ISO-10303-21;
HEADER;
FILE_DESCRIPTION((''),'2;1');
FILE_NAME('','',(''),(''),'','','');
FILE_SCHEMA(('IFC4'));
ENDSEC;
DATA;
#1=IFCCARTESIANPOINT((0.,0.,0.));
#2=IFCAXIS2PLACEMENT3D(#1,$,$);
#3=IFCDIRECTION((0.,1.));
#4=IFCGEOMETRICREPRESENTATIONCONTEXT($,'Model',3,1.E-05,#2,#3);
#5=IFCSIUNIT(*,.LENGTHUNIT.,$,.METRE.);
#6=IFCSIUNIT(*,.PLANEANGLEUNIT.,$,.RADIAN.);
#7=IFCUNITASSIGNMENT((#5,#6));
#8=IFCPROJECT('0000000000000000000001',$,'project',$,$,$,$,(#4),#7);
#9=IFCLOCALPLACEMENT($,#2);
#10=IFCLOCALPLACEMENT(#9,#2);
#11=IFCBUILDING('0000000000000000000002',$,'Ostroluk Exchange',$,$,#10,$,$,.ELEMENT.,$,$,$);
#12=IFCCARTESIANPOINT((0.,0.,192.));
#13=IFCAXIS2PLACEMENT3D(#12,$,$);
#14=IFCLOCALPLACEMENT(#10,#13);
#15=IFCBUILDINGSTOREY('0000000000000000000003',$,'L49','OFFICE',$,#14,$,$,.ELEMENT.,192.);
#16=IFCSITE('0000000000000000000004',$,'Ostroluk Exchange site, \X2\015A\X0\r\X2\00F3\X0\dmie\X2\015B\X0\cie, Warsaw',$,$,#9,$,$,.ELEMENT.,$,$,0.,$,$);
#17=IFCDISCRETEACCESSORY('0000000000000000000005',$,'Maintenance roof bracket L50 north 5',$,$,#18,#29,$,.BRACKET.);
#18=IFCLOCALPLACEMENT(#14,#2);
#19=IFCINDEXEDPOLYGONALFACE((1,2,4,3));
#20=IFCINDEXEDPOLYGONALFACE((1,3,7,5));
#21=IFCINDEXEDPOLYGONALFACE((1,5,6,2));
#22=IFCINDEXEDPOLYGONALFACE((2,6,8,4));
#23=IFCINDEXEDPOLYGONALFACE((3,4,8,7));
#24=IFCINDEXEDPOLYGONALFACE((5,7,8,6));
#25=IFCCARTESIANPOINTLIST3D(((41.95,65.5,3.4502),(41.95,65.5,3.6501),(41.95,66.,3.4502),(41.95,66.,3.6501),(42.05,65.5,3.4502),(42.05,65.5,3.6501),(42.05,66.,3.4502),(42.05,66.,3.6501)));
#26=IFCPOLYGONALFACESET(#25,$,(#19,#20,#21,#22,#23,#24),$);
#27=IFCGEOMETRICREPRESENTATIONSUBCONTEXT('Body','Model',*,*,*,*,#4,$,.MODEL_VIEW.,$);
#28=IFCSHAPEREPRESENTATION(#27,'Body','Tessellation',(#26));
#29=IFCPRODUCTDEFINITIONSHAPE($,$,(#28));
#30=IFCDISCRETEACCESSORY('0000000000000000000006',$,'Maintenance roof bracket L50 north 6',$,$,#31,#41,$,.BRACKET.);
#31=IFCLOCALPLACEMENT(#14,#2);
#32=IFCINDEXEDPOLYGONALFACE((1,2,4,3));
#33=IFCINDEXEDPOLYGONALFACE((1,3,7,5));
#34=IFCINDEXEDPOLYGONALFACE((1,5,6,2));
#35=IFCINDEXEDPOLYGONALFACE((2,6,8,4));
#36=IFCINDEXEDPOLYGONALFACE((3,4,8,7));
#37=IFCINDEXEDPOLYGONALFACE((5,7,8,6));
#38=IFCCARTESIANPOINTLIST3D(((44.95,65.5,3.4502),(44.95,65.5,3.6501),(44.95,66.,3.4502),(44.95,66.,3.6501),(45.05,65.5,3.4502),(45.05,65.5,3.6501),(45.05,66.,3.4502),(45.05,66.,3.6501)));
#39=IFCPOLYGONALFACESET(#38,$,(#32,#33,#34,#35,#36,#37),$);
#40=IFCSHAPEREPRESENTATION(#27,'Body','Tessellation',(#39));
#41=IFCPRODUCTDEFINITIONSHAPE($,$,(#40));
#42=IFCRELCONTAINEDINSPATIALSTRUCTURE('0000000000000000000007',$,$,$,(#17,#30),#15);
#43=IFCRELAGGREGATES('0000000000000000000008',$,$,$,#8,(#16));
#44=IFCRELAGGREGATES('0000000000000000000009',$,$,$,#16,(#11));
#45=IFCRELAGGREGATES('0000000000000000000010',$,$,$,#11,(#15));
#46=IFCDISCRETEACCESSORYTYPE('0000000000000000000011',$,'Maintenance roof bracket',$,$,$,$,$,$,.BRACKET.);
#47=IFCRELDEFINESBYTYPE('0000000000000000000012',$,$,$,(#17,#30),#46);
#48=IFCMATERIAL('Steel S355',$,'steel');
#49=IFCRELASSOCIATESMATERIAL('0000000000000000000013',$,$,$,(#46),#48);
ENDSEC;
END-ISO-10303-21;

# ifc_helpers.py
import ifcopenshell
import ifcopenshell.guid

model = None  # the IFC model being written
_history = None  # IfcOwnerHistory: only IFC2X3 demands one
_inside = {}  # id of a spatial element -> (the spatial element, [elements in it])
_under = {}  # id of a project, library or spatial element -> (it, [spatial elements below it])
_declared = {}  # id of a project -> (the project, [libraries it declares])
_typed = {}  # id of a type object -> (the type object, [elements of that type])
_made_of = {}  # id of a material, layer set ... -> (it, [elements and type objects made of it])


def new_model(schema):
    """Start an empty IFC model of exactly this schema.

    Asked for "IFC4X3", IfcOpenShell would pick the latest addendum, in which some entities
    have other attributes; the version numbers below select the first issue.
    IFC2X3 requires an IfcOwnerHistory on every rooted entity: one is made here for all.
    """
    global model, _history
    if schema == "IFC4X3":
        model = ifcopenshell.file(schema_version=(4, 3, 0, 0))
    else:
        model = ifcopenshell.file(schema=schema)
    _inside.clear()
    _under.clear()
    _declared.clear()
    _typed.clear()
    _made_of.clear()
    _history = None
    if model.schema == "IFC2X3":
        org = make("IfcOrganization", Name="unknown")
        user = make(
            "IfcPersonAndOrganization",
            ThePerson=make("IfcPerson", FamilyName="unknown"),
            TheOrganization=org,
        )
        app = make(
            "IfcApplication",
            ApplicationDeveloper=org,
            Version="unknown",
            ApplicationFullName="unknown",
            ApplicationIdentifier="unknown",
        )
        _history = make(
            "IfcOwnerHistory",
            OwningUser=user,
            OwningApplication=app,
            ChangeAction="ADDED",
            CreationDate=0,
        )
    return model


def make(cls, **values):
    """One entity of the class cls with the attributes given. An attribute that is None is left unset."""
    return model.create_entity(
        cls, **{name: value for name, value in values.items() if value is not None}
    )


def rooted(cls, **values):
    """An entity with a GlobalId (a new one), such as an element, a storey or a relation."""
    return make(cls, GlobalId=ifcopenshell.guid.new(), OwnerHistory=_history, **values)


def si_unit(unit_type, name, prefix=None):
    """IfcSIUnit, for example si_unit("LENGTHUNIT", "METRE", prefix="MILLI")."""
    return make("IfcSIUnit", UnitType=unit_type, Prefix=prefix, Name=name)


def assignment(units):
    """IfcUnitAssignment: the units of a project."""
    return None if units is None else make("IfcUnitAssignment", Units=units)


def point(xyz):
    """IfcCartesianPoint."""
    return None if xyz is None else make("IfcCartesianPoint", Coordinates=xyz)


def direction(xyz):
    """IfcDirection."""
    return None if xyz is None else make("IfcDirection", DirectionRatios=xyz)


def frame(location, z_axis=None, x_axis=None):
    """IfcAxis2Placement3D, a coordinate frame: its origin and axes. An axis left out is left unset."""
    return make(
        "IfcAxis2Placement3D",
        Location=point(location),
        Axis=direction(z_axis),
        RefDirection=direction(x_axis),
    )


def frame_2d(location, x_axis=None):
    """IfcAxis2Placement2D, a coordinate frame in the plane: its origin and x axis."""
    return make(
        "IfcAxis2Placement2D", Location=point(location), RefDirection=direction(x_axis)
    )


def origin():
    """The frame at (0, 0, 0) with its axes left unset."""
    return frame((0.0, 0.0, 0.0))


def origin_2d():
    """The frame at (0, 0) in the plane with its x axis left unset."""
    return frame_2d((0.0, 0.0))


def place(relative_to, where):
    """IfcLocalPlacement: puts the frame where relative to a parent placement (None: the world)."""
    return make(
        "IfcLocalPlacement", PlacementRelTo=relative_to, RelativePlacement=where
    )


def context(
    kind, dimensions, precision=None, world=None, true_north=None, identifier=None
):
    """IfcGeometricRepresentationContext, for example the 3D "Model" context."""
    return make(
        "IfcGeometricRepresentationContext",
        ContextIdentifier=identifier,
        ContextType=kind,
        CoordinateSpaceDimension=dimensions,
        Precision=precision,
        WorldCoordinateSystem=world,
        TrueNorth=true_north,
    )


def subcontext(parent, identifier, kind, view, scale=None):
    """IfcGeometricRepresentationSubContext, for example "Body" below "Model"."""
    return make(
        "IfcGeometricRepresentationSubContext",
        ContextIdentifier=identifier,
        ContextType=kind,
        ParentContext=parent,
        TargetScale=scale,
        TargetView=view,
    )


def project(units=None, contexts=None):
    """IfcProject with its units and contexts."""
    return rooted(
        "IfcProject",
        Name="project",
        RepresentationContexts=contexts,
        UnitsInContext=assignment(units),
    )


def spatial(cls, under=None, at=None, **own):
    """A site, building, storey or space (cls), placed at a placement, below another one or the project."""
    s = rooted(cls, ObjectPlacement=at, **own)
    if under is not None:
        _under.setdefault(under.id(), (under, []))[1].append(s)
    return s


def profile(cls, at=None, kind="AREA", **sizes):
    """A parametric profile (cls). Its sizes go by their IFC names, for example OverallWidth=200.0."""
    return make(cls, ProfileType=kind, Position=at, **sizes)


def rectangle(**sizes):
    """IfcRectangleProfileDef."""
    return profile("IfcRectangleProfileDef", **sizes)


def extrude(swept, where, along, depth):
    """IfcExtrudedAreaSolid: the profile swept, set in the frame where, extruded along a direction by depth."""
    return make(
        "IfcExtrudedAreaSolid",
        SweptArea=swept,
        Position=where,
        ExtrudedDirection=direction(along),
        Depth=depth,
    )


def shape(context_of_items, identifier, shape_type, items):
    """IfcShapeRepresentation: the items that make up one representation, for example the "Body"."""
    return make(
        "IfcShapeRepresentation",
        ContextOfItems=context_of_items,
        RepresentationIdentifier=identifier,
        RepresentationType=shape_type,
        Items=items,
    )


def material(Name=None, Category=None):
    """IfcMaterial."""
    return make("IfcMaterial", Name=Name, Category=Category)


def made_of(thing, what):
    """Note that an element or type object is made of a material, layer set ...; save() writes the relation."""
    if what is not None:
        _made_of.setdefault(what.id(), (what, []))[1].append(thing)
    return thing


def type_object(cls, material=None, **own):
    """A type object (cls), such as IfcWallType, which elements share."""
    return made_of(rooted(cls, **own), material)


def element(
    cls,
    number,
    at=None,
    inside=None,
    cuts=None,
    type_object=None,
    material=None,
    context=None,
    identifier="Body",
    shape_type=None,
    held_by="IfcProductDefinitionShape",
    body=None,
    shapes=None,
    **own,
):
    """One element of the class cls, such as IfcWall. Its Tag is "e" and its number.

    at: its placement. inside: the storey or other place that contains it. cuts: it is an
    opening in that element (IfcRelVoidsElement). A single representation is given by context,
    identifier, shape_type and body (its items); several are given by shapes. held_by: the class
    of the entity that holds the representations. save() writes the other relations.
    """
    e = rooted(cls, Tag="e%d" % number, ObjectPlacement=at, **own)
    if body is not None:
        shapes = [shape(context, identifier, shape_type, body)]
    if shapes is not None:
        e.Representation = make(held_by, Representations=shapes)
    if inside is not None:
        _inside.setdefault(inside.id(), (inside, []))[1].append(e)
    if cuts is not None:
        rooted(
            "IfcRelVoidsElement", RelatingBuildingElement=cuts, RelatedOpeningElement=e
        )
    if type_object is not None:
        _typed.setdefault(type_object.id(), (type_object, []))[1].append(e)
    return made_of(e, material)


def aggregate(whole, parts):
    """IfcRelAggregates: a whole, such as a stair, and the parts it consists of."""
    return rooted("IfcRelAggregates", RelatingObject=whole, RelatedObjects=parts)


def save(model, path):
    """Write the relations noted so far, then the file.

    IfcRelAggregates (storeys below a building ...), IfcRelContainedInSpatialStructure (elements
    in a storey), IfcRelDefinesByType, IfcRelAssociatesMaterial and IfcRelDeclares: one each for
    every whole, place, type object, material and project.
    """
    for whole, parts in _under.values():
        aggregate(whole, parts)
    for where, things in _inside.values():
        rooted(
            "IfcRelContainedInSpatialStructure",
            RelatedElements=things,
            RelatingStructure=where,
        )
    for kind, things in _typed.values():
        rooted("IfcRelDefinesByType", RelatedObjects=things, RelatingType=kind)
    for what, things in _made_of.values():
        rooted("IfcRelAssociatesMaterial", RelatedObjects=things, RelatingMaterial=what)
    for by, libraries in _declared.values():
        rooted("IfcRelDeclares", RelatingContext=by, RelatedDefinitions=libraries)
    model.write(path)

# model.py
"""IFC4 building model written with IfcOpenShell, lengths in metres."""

from ifc_helpers import new_model, si_unit, direction, frame, origin, origin_2d, place, context, subcontext, project, spatial, rectangle, extrude, material, type_object, element, save


model = new_model("IFC4")

# Units and contexts
model_context = context("Model", 3, precision=1e-05, world=origin(), true_north=direction((0.0, 1.0)))
body_context = subcontext(model_context, "Body", "Model", "MODEL_VIEW")
ifc_project = project(units=[si_unit("LENGTHUNIT", "METRE"), si_unit("PLANEANGLEUNIT", "RADIAN")], contexts=[model_context])

# Site, building, storey
site_placement = place(None, origin())
site = spatial("IfcSite", under=ifc_project, at=site_placement, Name="Ostroluk Exchange site, Śródmieście, Warsaw", CompositionType="ELEMENT", RefElevation=0.0)
building_placement = place(site_placement, origin())
building = spatial("IfcBuilding", under=site, at=building_placement, Name="Ostroluk Exchange", CompositionType="ELEMENT")
storey_placement = place(building_placement, frame((0.0, 0.0, 192.0)))
storey = spatial("IfcBuildingStorey", under=building, at=storey_placement, Name="L49", Description="OFFICE", CompositionType="ELEMENT", Elevation=192.0)

# Discrete accessories
ifc_material_1 = material(Name="Steel S355", Category="steel")
discrete_accessory_type = type_object("IfcDiscreteAccessoryType", Name="Maintenance roof bracket", PredefinedType="BRACKET", material=ifc_material_1)
for number, where, z_axis, x_axis, name in (
    (1, (42.0, 65.75, 3.4502), (0.0, 0.0, 1.0), (1.0, 0.0, 0.0), "Maintenance roof bracket L50 north 5"),
    (2, (45.0, 65.75, 3.4502), (0.0, 0.0, 1.0), (1.0, 0.0, 0.0), "Maintenance roof bracket L50 north 6"),
):
    element("IfcDiscreteAccessory", number, at=place(storey_placement, frame(where, z_axis=z_axis, x_axis=x_axis)), inside=storey, type_object=discrete_accessory_type, Name=name, PredefinedType="BRACKET", context=body_context, shape_type="SweptSolid", body=[
        extrude(rectangle(XDim=0.1001, YDim=0.5, at=origin_2d()), origin(), (0.0, 0.0, 1.0), 0.2),
    ])

save(model, "model.ifc")
